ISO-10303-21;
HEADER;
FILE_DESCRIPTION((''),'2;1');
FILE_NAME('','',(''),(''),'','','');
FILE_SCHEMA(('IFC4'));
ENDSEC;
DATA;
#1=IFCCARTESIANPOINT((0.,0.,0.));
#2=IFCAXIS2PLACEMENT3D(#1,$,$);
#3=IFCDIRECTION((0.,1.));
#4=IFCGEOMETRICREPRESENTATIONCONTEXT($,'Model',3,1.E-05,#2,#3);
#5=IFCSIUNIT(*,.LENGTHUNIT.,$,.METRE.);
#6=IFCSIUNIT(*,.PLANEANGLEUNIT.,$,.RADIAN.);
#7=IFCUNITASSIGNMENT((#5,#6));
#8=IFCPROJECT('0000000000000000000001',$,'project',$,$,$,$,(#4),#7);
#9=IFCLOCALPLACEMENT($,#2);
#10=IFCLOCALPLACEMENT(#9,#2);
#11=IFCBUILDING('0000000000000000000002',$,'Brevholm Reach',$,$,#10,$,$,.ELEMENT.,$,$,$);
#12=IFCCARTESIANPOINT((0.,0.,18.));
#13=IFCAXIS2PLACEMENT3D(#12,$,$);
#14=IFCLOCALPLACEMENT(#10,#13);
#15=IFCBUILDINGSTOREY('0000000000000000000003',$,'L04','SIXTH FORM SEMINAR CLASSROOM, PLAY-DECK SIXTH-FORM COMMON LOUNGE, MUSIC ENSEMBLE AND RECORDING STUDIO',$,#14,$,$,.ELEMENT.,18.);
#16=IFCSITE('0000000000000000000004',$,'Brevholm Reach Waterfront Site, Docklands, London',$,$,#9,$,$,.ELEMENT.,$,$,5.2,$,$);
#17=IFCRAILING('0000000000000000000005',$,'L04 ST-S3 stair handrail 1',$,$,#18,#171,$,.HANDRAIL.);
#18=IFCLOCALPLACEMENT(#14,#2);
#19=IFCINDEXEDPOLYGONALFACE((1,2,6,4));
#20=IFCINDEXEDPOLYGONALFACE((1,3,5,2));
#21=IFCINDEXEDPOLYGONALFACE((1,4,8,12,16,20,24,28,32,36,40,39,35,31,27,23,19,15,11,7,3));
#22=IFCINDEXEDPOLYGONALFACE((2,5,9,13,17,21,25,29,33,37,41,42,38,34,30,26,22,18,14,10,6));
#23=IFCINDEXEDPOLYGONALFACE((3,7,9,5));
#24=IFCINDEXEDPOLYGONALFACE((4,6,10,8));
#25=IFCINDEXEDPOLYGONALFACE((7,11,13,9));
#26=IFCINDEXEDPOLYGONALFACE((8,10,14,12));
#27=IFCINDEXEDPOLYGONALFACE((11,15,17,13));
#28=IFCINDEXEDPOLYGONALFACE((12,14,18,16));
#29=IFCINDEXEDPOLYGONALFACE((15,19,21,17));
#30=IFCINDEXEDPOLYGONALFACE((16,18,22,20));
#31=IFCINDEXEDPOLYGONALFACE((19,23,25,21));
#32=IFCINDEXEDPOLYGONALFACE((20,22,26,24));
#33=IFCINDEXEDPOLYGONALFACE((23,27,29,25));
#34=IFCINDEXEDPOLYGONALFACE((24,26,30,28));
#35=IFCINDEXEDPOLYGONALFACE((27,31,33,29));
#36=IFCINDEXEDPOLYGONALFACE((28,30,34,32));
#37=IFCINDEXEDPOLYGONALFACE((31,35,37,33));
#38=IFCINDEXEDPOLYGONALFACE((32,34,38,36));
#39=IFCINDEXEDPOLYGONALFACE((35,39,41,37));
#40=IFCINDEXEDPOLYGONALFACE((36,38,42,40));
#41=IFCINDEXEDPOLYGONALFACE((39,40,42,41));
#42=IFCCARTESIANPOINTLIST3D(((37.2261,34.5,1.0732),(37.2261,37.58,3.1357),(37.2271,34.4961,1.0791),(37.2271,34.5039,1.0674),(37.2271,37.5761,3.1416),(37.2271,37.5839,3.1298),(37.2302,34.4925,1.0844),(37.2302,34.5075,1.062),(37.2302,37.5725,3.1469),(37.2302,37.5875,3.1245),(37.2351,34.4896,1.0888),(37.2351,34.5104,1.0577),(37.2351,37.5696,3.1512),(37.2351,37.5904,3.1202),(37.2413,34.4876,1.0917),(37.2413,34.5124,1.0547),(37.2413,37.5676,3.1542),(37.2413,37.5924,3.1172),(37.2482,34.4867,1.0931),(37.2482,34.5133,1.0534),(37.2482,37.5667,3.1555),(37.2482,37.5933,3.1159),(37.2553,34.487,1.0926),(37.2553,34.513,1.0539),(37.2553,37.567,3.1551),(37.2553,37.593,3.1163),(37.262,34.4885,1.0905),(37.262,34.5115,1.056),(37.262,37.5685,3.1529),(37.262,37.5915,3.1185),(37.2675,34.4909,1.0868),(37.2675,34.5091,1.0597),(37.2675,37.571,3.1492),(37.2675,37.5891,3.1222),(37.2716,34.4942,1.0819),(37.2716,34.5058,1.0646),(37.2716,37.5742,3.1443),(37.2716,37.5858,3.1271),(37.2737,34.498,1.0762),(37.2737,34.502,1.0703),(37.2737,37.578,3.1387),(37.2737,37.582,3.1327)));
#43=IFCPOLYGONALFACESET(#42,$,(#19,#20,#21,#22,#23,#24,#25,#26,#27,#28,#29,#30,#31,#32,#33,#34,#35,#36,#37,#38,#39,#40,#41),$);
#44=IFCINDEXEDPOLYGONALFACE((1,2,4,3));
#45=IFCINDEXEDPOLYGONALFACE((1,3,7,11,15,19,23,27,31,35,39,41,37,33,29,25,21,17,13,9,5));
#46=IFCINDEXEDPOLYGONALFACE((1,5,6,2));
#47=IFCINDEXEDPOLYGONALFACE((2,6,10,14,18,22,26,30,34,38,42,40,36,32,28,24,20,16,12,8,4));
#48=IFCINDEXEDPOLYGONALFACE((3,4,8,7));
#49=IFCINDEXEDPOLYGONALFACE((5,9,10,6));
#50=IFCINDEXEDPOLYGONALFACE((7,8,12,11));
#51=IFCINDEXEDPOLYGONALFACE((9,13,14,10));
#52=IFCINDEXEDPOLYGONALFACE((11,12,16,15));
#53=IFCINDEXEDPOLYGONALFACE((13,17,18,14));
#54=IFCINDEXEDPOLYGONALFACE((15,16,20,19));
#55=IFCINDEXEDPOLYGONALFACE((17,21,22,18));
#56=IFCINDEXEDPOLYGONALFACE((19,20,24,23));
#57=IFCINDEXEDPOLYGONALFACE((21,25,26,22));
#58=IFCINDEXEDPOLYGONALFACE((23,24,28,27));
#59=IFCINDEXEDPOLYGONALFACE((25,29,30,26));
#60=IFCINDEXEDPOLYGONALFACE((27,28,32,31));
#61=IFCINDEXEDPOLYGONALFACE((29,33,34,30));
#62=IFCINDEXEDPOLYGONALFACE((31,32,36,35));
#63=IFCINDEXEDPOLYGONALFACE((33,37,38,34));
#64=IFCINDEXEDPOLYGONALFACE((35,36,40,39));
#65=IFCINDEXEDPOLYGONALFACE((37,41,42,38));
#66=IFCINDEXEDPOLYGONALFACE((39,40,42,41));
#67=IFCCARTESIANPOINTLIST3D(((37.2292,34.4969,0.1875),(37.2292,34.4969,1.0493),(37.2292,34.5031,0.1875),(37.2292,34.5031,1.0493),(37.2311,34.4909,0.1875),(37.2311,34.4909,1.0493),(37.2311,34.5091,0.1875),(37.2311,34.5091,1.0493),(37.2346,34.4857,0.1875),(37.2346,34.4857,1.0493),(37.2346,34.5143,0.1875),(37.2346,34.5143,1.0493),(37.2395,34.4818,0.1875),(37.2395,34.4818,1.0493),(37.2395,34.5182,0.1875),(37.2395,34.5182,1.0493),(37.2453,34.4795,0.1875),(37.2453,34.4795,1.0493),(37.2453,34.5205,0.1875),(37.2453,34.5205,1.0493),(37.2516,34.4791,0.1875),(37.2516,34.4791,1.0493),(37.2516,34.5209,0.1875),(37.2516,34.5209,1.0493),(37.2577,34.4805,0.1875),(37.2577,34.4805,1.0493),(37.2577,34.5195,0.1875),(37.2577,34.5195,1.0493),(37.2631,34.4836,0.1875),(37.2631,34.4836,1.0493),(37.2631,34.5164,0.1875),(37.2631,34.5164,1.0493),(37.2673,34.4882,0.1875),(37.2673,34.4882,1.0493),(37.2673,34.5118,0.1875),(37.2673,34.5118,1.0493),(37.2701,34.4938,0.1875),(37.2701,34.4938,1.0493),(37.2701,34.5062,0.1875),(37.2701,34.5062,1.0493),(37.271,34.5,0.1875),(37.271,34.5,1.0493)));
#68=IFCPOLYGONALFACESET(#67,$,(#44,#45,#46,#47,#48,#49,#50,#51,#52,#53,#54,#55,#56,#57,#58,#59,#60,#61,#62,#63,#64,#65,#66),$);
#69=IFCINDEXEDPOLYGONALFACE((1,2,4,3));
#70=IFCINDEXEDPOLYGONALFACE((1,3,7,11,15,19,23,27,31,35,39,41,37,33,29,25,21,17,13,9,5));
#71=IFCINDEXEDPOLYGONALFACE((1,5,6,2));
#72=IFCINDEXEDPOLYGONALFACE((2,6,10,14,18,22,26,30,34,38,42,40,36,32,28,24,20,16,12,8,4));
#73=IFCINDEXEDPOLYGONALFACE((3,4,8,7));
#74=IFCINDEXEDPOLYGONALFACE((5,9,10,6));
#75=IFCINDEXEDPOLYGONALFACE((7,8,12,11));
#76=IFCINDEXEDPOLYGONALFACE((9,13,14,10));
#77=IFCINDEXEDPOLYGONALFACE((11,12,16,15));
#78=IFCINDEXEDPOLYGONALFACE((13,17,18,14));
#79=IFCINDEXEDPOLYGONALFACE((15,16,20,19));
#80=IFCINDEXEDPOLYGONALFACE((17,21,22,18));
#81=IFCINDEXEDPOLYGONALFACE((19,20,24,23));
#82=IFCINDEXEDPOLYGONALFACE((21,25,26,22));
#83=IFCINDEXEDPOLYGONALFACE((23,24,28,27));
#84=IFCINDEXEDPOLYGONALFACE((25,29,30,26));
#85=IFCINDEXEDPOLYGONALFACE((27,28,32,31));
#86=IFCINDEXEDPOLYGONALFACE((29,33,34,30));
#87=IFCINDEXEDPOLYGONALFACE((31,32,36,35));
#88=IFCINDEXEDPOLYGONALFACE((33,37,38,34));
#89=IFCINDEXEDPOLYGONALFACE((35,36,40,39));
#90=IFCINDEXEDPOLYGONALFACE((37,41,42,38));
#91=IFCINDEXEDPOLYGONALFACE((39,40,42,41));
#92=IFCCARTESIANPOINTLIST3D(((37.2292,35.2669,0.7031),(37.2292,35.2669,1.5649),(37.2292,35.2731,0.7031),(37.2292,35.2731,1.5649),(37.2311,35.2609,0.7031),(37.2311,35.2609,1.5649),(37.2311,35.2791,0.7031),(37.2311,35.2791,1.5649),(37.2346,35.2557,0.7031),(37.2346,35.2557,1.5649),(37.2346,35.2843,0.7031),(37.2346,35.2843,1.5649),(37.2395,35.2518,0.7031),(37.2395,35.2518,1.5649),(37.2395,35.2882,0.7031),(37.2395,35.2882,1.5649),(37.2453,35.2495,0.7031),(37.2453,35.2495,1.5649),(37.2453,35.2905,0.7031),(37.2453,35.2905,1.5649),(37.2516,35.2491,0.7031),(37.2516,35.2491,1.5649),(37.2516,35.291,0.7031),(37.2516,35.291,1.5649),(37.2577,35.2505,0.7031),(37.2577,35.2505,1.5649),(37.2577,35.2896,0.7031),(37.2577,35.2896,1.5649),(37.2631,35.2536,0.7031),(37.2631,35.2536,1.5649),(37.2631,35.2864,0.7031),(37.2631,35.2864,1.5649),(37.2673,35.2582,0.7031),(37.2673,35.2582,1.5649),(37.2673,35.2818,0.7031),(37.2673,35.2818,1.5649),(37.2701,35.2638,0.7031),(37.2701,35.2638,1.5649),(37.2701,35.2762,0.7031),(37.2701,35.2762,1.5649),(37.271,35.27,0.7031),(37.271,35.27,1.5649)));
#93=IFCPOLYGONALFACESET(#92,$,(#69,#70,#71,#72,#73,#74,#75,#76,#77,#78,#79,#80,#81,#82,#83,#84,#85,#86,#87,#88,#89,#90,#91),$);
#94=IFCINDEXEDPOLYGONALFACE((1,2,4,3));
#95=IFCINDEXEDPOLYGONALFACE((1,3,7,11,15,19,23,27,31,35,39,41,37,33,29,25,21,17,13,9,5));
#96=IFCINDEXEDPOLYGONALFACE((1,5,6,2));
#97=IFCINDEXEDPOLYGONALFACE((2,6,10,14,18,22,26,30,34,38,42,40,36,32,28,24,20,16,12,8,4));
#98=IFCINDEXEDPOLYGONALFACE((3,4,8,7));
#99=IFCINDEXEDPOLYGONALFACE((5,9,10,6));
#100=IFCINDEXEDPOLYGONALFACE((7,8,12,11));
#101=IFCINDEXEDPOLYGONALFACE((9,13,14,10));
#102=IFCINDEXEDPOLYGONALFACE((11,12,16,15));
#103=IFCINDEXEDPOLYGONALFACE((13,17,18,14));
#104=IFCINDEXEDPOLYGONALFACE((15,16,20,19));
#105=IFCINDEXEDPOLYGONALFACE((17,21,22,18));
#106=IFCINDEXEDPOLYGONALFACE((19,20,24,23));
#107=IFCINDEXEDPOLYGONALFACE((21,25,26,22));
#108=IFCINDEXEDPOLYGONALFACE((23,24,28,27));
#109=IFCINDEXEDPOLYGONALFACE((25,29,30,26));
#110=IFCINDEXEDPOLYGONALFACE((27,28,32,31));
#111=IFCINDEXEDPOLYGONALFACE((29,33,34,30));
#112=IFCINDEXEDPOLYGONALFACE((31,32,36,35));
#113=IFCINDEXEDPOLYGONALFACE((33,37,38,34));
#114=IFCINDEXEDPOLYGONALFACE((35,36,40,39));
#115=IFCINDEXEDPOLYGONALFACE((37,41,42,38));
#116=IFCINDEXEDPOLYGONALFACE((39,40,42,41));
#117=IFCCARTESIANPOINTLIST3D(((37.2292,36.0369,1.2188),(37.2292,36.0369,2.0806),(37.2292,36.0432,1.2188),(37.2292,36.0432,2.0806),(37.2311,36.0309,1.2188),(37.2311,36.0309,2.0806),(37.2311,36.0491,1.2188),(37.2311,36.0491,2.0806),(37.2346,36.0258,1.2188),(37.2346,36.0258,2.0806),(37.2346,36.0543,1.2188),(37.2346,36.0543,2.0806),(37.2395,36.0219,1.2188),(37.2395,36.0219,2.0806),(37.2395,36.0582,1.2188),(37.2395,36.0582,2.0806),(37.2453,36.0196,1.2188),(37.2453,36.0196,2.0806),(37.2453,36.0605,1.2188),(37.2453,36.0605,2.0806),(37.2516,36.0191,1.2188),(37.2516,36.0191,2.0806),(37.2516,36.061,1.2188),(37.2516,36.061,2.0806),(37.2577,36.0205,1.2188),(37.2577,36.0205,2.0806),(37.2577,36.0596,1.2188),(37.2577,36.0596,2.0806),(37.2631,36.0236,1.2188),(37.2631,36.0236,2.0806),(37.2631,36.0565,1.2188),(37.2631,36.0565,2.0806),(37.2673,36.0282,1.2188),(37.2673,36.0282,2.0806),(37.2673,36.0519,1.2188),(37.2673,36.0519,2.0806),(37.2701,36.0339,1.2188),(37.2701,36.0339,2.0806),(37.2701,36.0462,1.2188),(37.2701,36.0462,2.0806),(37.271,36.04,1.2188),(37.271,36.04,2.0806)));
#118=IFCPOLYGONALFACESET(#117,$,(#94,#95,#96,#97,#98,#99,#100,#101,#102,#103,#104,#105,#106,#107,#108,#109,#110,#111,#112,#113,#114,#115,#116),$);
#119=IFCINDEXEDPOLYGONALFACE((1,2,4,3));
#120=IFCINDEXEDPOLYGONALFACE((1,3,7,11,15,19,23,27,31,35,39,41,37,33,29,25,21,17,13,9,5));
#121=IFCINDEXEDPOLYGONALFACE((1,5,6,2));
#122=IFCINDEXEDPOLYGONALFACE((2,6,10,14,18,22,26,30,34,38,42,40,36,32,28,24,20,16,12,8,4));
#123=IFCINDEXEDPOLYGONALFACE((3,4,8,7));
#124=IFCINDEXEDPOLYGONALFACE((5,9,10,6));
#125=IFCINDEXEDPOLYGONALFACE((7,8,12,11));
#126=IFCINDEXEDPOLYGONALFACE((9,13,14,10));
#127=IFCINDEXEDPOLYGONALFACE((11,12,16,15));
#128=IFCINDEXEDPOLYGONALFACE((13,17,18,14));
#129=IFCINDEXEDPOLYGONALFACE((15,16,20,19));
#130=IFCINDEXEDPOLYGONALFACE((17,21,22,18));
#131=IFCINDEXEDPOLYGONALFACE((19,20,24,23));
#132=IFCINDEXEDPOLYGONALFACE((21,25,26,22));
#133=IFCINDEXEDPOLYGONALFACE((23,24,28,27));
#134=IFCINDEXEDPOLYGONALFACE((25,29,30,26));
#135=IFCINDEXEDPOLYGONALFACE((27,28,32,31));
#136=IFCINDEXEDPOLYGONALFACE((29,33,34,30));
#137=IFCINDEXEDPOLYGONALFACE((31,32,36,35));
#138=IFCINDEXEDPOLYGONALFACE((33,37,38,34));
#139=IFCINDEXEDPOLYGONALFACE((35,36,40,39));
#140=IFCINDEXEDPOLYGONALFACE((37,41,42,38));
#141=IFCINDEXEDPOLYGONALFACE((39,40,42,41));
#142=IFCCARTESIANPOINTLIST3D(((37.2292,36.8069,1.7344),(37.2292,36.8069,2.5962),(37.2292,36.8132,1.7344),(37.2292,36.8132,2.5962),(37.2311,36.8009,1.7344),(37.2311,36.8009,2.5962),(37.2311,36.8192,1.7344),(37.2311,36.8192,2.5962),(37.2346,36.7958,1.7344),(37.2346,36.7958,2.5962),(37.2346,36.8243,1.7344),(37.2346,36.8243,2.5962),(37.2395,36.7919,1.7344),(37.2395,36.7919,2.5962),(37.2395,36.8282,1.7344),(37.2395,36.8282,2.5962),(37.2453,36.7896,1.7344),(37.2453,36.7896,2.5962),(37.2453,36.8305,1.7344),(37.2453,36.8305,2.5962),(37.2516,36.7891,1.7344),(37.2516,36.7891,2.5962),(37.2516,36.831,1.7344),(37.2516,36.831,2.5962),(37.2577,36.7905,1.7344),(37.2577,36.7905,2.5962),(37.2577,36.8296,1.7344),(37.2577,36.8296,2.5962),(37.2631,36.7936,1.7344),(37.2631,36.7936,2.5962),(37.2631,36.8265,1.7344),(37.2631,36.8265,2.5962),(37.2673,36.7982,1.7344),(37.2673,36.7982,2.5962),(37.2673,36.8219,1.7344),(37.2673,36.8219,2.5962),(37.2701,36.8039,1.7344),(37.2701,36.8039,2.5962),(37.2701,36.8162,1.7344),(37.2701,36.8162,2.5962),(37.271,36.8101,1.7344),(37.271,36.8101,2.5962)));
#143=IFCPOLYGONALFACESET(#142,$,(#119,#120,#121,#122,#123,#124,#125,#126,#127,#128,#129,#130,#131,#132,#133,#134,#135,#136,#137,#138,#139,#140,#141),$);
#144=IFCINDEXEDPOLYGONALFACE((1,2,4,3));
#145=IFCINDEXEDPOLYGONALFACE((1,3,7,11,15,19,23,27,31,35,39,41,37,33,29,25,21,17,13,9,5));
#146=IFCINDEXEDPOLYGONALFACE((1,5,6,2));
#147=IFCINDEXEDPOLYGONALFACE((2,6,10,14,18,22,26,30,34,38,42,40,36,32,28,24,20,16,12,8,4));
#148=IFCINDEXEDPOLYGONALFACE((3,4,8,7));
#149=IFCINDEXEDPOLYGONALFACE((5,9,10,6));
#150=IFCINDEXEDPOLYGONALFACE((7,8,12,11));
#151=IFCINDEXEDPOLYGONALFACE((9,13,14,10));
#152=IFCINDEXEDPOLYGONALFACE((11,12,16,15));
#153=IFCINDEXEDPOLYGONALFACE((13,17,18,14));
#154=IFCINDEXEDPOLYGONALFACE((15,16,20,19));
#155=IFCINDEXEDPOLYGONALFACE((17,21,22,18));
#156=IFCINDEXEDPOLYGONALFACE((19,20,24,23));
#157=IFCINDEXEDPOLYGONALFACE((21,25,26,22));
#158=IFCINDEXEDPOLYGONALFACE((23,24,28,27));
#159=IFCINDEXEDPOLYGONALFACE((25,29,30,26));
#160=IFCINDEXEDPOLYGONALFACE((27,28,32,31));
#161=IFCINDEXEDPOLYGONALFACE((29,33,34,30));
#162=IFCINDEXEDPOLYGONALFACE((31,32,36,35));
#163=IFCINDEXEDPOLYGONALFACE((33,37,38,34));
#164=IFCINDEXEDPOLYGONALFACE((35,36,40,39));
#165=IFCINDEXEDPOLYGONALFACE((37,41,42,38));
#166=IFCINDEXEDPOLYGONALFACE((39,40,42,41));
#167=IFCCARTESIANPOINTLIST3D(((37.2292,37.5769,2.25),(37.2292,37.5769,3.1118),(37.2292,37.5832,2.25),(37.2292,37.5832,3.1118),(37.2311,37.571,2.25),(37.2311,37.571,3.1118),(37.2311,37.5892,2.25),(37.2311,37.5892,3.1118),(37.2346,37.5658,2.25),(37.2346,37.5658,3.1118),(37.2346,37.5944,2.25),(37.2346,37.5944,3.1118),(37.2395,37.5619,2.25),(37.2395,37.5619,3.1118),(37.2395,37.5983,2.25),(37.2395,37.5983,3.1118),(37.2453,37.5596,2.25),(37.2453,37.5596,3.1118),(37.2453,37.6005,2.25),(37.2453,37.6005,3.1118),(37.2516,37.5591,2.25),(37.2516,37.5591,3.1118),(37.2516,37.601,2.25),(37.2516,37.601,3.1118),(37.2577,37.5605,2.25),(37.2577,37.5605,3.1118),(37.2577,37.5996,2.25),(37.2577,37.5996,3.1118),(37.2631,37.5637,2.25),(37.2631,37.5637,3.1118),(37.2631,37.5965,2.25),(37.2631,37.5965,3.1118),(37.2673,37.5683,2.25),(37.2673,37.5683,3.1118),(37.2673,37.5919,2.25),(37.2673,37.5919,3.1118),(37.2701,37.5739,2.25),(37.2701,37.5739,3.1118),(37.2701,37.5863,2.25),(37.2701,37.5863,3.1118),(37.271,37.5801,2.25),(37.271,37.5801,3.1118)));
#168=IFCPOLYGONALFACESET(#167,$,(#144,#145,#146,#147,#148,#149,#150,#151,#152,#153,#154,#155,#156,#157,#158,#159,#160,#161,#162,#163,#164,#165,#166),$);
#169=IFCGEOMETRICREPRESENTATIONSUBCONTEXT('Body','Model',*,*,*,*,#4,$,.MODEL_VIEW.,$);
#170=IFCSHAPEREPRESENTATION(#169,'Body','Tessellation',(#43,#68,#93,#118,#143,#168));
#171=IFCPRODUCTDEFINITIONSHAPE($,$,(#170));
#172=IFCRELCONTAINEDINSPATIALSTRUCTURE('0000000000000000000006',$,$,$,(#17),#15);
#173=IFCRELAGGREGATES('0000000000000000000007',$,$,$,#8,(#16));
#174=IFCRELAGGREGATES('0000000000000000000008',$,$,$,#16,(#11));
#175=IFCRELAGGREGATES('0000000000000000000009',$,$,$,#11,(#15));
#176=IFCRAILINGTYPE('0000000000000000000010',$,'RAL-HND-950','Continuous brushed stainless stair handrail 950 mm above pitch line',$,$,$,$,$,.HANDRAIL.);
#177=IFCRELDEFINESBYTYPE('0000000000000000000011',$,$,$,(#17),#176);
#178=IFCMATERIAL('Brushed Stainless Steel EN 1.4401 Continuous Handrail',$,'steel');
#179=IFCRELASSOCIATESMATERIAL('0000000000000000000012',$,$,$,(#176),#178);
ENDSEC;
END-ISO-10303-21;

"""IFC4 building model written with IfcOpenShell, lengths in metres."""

from ifc_helpers import new_model, si_unit, direction, frame, origin, origin_2d, place, context, subcontext, project, spatial, circle, extrude, material, type_object, element, save


model = new_model("IFC4")

# Units and contexts
model_context = context("Model", 3, precision=1e-05, world=origin(), true_north=direction((0.0, 1.0)))
body_context = subcontext(model_context, "Body", "Model", "MODEL_VIEW")
ifc_project = project(units=[si_unit("LENGTHUNIT", "METRE"), si_unit("PLANEANGLEUNIT", "RADIAN")], contexts=[model_context])

# Site, building, storey
site_placement = place(None, origin())
site = spatial("IfcSite", under=ifc_project, at=site_placement, Name="Brevholm Reach Waterfront Site, Docklands, London", CompositionType="ELEMENT", RefElevation=5.2)
building_placement = place(site_placement, origin())
building = spatial("IfcBuilding", under=site, at=building_placement, Name="Brevholm Reach", CompositionType="ELEMENT")
storey_placement = place(building_placement, frame((0.0, 0.0, 18.0)))
storey = spatial("IfcBuildingStorey", under=building, at=storey_placement, Name="L04", Description="SIXTH FORM SEMINAR CLASSROOM, PLAY-DECK SIXTH-FORM COMMON LOUNGE, MUSIC ENSEMBLE AND RECORDING STUDIO", CompositionType="ELEMENT", Elevation=18.0)

# Railing
ifc_material_1 = material(Name="Brushed Stainless Steel EN 1.4401 Continuous Handrail", Category="steel")
railing_type_1 = type_object("IfcRailingType", Name="RAL-HND-950", Description="Continuous brushed stainless stair handrail 950 mm above pitch line", PredefinedType="HANDRAIL", material=ifc_material_1)
railing_1_placement = place(storey_placement, frame((37.25, 34.5, 0.1875)))
element("IfcRailing", 1, at=railing_1_placement, inside=storey, type_object=railing_type_1, Name="L04 ST-S3 stair handrail 1", PredefinedType="HANDRAIL", context=body_context, shape_type="SweptSolid", body=[
    extrude(circle(Radius=0.0239, at=origin_2d()), frame((0.0, 0.0, 0.8857), z_axis=(0.0, 0.830914, 0.556401), x_axis=(-1.0, 0.0, 0.0)), (0.0, 0.0, 1.0), 3.7068),
    extrude(circle(Radius=0.021, at=origin_2d()), origin(), (0.0, 0.0, 1.0), 0.8618),
    extrude(circle(Radius=0.021, at=origin_2d()), frame((0.0, 0.77, 0.5156)), (0.0, 0.0, 1.0), 0.8618),
    extrude(circle(Radius=0.021, at=origin_2d()), frame((0.0, 1.54, 1.0312)), (0.0, 0.0, 1.0), 0.8618),
    extrude(circle(Radius=0.021, at=origin_2d()), frame((0.0, 2.3101, 1.5469)), (0.0, 0.0, 1.0), 0.8618),
    extrude(circle(Radius=0.021, at=origin_2d()), frame((0.0, 3.0801, 2.0625)), (0.0, 0.0, 1.0), 0.8618),
])

save(model, "model.ifc")
